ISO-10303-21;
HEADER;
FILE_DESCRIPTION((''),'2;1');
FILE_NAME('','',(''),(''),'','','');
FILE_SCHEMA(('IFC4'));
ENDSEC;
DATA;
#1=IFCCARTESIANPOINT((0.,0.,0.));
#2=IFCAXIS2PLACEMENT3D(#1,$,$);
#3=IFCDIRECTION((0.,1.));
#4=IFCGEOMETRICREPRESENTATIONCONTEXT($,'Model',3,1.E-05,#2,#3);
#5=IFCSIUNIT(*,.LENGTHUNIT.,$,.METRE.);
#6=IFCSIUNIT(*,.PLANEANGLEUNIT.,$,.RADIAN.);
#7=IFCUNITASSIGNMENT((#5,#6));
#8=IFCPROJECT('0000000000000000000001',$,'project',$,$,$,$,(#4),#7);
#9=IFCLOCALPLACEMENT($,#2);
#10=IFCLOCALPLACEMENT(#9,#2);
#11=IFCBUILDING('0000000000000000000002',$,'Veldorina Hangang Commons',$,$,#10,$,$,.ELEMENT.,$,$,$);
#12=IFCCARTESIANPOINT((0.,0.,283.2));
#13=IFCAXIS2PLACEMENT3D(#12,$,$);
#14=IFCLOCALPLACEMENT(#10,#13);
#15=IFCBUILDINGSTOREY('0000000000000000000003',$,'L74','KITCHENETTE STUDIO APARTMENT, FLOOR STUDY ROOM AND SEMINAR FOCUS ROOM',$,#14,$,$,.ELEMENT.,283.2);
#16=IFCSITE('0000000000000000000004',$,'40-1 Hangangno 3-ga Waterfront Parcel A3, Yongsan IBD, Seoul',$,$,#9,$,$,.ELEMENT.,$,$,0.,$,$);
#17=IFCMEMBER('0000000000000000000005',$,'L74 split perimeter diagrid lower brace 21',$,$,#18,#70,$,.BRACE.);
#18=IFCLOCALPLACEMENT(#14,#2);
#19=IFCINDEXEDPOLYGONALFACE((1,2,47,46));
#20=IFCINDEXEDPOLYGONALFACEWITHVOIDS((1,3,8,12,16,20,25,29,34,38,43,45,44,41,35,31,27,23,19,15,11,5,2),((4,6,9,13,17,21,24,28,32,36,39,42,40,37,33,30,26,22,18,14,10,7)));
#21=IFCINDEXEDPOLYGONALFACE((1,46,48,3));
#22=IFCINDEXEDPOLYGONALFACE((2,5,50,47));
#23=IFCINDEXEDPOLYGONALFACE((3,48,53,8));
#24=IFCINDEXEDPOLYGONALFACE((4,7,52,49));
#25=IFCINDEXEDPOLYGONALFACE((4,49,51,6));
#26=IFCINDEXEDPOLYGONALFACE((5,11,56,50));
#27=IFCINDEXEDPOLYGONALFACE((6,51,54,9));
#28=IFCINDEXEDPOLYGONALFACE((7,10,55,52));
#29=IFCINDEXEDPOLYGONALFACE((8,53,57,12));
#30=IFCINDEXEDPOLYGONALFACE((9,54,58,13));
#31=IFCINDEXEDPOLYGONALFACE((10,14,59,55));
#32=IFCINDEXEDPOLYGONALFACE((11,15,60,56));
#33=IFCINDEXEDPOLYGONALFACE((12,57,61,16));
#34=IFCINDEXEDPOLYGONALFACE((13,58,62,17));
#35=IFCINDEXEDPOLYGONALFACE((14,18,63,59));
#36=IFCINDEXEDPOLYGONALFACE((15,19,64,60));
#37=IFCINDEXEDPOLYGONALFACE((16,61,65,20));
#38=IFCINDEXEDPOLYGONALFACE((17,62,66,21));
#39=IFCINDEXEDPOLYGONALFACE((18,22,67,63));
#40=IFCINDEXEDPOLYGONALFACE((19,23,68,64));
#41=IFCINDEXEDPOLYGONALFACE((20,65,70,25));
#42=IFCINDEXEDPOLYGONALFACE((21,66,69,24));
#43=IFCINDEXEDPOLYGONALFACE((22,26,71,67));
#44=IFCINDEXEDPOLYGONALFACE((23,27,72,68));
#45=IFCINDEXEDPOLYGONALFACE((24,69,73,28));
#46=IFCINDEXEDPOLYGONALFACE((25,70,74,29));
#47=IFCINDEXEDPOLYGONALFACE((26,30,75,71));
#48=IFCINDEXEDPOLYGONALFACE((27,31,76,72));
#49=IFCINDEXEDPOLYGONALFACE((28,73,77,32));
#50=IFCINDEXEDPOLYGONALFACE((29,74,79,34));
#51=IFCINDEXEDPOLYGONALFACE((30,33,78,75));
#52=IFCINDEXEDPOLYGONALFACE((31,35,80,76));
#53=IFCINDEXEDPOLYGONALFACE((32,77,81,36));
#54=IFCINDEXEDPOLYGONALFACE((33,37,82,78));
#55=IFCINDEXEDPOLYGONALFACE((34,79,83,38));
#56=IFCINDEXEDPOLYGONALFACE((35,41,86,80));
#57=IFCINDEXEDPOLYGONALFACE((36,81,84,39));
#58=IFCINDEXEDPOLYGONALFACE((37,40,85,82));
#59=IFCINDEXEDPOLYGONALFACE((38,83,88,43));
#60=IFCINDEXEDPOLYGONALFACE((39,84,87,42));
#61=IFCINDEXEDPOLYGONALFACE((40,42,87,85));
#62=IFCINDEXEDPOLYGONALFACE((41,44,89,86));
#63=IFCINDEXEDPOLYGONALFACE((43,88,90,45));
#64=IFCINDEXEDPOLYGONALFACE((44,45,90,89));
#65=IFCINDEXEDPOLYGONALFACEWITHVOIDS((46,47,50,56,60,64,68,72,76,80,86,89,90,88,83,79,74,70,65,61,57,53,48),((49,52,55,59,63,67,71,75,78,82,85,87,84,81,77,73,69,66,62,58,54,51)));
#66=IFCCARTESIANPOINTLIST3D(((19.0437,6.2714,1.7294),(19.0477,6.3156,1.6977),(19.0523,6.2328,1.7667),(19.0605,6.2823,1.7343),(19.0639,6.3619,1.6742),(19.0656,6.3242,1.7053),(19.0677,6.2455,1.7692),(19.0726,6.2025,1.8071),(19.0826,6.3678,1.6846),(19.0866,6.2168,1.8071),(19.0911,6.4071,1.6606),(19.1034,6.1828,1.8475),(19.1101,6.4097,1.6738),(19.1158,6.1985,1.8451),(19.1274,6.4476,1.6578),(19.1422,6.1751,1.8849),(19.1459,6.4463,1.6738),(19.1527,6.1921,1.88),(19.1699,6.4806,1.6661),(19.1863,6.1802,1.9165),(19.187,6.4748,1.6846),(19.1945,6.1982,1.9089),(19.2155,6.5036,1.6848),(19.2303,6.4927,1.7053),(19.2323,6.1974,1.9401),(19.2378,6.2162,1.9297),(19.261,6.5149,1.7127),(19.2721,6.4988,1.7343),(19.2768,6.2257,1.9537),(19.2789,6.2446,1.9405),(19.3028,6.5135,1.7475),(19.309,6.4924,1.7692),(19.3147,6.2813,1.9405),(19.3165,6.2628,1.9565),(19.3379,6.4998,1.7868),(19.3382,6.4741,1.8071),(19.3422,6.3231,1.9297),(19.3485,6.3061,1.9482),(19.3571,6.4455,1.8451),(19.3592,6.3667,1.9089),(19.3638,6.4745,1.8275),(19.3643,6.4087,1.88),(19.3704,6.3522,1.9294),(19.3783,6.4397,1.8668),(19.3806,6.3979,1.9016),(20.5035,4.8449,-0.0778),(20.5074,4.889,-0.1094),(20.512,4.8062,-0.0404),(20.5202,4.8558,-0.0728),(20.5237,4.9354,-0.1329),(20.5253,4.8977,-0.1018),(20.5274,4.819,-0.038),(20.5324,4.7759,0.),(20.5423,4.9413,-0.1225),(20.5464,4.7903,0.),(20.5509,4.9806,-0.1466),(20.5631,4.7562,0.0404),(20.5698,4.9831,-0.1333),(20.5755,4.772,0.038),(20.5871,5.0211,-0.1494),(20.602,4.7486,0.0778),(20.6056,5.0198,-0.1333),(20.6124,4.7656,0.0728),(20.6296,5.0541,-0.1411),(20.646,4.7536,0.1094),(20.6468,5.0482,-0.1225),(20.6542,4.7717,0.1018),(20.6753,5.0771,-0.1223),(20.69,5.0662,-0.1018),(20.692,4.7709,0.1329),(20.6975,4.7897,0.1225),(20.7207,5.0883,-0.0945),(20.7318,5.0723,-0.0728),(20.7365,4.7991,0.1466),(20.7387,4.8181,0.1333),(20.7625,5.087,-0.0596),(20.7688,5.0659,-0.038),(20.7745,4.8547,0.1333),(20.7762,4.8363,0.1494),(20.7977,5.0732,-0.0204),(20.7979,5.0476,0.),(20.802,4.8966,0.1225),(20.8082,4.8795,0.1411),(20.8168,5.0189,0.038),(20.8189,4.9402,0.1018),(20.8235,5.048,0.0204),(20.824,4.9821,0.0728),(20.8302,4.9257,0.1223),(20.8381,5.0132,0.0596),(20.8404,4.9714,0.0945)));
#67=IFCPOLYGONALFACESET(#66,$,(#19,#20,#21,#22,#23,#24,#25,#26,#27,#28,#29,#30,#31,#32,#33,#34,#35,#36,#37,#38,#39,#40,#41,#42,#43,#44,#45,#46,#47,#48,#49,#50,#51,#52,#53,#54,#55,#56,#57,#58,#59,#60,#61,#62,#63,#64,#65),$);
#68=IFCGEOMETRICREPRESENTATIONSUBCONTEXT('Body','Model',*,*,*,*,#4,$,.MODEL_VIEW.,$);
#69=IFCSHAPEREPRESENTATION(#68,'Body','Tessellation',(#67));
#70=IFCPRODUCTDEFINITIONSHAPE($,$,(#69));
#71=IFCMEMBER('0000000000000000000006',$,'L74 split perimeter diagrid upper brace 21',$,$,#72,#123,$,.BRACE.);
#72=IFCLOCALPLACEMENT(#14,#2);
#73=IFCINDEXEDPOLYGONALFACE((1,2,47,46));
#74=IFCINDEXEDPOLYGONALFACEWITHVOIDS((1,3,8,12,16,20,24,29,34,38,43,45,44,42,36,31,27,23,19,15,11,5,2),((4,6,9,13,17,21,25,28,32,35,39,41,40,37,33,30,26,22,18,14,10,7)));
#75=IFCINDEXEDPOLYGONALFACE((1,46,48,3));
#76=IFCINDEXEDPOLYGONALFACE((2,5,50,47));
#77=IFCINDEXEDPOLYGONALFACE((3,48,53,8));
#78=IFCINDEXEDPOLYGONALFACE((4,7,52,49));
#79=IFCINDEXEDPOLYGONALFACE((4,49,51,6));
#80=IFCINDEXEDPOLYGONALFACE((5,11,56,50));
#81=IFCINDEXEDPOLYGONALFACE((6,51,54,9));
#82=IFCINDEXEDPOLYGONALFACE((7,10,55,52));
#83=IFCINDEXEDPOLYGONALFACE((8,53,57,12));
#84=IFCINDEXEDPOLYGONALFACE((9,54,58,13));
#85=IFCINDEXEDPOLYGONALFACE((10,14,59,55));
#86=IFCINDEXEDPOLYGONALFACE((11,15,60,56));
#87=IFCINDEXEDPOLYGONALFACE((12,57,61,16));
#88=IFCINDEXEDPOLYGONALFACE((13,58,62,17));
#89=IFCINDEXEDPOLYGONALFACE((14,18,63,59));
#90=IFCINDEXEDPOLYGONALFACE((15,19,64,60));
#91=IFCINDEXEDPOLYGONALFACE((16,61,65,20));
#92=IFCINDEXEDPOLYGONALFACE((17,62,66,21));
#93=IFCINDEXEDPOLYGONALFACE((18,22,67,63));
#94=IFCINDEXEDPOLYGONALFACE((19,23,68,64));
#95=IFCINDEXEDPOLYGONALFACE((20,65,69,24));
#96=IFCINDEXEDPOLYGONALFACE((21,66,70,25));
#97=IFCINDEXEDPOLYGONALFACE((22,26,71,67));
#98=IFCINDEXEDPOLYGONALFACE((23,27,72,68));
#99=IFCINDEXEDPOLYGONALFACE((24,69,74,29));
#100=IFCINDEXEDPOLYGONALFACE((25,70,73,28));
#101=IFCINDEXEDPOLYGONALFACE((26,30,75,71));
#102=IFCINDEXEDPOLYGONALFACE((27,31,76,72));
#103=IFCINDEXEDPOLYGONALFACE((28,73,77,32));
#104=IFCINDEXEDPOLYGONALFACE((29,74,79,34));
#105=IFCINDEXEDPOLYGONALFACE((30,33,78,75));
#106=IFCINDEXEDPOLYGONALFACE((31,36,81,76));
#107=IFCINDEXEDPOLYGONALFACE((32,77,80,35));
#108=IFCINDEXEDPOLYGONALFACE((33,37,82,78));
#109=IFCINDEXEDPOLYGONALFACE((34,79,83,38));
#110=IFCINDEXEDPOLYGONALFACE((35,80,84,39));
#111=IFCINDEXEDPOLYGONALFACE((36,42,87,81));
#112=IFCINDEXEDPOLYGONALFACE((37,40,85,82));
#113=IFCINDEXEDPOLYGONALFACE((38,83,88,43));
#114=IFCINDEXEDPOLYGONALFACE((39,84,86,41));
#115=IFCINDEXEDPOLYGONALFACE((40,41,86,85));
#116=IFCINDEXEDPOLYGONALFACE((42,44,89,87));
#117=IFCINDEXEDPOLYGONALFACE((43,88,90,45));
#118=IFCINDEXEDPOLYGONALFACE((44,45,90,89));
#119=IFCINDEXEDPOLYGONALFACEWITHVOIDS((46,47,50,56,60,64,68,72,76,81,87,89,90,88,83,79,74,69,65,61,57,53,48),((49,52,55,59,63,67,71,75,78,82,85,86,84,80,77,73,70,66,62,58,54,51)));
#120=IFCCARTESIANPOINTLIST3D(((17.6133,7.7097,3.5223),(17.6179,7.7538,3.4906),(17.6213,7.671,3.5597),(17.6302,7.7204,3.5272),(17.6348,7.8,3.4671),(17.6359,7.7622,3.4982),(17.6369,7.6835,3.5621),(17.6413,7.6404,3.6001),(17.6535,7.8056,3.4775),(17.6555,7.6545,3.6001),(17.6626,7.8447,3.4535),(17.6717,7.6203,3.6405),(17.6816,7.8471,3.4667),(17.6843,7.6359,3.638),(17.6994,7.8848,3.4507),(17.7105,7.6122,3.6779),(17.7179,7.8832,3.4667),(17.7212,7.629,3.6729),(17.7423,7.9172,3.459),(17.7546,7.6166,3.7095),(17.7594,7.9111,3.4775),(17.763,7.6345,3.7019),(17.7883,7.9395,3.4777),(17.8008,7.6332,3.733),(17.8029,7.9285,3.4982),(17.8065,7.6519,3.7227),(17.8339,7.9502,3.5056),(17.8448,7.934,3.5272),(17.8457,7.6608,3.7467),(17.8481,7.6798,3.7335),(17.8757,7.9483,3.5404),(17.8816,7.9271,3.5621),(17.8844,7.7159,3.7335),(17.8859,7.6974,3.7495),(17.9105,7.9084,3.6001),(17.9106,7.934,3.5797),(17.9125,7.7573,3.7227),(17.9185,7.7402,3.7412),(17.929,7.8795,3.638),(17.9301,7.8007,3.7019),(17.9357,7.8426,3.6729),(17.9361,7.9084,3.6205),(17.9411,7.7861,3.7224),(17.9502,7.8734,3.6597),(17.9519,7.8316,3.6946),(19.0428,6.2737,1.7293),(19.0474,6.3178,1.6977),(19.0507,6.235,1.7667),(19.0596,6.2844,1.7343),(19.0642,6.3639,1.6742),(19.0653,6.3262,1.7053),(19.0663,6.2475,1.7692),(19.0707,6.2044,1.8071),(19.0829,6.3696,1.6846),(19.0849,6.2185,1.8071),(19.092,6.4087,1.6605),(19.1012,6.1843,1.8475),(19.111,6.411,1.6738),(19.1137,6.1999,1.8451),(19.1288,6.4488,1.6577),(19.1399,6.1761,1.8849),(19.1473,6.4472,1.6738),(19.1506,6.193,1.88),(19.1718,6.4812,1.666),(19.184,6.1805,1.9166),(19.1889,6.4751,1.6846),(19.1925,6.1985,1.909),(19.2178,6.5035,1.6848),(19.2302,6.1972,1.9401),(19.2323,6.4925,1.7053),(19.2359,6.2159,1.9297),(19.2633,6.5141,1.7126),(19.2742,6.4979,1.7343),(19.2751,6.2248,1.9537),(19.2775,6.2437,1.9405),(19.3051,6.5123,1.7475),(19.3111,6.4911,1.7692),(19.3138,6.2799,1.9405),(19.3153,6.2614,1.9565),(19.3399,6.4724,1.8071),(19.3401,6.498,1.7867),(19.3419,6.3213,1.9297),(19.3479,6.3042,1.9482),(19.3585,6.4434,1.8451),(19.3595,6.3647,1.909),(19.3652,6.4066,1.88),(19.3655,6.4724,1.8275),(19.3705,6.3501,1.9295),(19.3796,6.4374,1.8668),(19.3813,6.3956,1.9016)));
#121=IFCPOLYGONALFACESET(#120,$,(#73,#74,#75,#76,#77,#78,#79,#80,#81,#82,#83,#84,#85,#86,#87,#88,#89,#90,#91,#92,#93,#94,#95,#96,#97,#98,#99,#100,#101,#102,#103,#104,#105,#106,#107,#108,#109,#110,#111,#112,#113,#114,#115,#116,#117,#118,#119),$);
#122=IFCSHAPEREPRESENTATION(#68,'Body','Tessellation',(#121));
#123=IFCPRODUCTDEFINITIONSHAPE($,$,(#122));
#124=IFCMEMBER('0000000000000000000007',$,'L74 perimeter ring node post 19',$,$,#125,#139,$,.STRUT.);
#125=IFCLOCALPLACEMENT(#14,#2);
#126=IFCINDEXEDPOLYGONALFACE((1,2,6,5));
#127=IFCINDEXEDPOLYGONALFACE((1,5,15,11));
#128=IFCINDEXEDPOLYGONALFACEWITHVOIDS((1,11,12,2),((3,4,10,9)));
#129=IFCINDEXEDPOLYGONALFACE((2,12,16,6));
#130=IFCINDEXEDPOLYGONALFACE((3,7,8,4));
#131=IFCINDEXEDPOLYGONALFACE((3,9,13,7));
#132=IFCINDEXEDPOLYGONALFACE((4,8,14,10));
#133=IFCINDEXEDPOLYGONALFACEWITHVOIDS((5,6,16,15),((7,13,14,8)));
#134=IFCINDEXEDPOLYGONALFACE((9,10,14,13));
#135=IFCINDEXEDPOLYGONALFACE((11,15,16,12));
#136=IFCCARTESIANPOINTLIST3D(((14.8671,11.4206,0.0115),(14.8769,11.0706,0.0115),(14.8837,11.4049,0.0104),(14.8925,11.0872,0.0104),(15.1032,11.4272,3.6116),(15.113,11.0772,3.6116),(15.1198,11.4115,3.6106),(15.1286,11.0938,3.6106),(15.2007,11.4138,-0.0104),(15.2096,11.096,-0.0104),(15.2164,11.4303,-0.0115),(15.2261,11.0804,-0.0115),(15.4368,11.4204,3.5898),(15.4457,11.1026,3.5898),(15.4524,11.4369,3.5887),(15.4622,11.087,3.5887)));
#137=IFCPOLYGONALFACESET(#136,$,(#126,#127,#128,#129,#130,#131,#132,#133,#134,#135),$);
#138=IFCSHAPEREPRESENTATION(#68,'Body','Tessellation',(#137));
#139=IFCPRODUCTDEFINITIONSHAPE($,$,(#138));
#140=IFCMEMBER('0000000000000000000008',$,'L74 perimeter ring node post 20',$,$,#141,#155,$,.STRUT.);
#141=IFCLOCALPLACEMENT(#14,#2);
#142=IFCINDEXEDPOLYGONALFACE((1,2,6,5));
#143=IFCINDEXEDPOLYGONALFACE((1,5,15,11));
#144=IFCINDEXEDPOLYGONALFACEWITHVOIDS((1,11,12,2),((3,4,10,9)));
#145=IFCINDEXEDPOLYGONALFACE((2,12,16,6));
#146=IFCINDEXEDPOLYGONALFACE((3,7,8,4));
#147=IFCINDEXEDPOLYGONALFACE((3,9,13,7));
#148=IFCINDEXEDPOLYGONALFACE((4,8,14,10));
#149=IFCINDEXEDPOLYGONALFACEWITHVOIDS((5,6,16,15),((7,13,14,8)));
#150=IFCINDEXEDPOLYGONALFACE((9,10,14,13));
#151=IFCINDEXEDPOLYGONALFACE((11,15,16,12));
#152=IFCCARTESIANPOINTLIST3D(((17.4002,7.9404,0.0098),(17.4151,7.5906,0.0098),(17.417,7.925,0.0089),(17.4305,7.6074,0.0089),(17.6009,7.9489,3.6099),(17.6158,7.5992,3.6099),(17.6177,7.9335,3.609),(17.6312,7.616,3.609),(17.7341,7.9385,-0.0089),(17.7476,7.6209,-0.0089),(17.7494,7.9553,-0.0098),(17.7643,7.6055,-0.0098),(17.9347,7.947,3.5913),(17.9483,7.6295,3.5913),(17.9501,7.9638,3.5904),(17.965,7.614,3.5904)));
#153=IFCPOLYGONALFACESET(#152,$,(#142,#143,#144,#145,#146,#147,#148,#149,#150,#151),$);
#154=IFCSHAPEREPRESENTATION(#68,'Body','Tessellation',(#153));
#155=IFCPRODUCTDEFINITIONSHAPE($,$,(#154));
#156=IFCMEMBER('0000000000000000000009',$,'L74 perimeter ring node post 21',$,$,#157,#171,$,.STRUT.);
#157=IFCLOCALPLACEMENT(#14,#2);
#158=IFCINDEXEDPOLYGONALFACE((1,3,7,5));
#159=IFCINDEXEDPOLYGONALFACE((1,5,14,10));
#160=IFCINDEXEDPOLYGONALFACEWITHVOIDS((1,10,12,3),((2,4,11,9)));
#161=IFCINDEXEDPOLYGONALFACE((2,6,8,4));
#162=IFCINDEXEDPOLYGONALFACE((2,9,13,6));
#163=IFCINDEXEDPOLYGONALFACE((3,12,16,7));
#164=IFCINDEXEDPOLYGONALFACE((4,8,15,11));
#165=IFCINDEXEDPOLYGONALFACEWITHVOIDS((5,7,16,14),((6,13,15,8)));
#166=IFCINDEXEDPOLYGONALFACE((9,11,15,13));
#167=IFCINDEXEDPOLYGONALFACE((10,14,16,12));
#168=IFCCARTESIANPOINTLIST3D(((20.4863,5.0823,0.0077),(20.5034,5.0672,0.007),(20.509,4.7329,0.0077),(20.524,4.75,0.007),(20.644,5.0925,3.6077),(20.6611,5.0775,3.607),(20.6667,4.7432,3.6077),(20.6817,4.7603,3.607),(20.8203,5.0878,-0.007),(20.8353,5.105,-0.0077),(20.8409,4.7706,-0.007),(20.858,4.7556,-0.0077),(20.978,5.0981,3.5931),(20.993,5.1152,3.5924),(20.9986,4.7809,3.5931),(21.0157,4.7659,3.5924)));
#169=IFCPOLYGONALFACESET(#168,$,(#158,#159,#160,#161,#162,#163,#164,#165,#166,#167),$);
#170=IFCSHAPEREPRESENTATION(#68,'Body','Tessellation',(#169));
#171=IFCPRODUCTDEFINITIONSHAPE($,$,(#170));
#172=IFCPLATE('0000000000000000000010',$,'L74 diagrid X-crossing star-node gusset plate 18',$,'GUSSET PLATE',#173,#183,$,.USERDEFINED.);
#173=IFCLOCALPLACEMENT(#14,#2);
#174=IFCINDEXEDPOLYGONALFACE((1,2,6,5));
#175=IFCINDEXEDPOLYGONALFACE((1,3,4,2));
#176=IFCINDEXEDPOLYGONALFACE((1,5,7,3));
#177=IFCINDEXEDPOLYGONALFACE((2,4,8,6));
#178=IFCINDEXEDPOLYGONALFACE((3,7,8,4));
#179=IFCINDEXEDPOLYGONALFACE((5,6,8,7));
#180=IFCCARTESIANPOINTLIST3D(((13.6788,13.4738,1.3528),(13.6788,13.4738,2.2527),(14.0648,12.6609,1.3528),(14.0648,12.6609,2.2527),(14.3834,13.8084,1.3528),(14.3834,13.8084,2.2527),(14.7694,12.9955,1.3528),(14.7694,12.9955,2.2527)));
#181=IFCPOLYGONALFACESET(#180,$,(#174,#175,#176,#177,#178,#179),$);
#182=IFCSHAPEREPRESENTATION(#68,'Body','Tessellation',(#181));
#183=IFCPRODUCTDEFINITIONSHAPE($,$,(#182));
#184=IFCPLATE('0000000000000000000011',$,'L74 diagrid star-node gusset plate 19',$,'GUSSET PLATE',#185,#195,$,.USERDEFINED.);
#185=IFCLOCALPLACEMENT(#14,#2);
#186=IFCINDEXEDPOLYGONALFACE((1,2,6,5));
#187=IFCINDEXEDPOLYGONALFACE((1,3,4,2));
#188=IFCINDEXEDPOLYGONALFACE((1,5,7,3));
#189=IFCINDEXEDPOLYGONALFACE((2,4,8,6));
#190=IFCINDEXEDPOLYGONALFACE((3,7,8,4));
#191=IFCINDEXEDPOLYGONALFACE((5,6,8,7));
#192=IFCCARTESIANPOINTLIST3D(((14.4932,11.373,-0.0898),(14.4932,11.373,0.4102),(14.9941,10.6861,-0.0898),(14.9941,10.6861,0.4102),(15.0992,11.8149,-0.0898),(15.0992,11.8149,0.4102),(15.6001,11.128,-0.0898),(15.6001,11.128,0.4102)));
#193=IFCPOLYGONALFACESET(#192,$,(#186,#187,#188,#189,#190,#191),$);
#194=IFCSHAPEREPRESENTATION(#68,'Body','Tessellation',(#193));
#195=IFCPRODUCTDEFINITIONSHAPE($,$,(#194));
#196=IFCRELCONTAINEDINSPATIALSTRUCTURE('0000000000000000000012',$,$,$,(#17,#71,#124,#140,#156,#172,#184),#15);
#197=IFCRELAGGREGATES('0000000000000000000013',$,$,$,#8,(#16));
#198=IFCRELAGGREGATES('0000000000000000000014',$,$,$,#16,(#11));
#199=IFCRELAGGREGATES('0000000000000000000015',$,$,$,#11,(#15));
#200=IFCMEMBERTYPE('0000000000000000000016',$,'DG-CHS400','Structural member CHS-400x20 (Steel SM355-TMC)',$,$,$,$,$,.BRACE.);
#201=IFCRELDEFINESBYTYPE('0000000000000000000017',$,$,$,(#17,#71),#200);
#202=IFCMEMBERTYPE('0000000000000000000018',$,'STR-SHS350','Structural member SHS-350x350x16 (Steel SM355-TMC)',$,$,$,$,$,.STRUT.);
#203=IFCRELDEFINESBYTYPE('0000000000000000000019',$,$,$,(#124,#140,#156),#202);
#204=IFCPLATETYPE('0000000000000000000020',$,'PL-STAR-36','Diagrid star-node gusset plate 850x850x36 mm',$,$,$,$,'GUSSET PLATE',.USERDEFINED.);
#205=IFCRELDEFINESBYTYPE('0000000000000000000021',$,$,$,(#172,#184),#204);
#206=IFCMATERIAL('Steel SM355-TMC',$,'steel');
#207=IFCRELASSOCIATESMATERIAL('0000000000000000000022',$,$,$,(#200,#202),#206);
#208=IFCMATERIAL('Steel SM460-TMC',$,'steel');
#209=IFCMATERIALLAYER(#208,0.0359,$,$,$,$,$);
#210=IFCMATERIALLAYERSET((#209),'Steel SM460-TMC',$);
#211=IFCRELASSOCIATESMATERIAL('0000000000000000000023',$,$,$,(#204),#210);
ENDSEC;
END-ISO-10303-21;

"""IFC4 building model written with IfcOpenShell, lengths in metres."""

from ifc_helpers import new_model, si_unit, direction, frame, origin, origin_2d, place, context, subcontext, project, spatial, rectangle, hollow_rectangle, hollow_circle, extrude, material, layer, layer_set, material_profile, profile_set, type_object, element, save


model = new_model("IFC4")

# Units and contexts
model_context = context("Model", 3, precision=1e-05, world=origin(), true_north=direction((0.0, 1.0)))
body_context = subcontext(model_context, "Body", "Model", "MODEL_VIEW")
ifc_project = project(units=[si_unit("LENGTHUNIT", "METRE"), si_unit("PLANEANGLEUNIT", "RADIAN")], contexts=[model_context])

# Site, building, storey
site_placement = place(None, origin())
site = spatial("IfcSite", under=ifc_project, at=site_placement, Name="40-1 Hangangno 3-ga Waterfront Parcel A3, Yongsan IBD, Seoul", CompositionType="ELEMENT", RefElevation=0.0)
building_placement = place(site_placement, origin())
building = spatial("IfcBuilding", under=site, at=building_placement, Name="Veldorina Hangang Commons", CompositionType="ELEMENT")
storey_placement = place(building_placement, frame((0.0, 0.0, 283.2)))
storey = spatial("IfcBuildingStorey", under=building, at=storey_placement, Name="L74", Description="KITCHENETTE STUDIO APARTMENT, FLOOR STUDY ROOM AND SEMINAR FOCUS ROOM", CompositionType="ELEMENT", Elevation=283.2)

# Shared definitions
ifc_material_1 = material(Name="Steel SM355-TMC", Category="steel")

# Members
ifc_material_profile_1 = material_profile(ifc_material_1, hollow_circle(Radius=0.2, WallThickness=0.02, at=origin_2d()), Name="CHS-400x20")
ifc_profile_set_1 = profile_set([ifc_material_profile_1], Name="Steel SM355-TMC")
member_type_1 = type_object("IfcMemberType", Name="DG-CHS400", Description="Structural member CHS-400x20 (Steel SM355-TMC)", PredefinedType="BRACE", material=ifc_profile_set_1)
member_1_placement = place(storey_placement, frame((20.6721, 4.9189, 0.0), z_axis=(-0.535467, 0.523287, 0.662908), x_axis=(-0.698926, -0.715194, 0.0)))
element("IfcMember", 1, at=member_1_placement, inside=storey, type_object=member_type_1, Name="L74 split perimeter diagrid lower brace 21", PredefinedType="BRACE", context=body_context, shape_type="SweptSolid", body=[
    extrude(hollow_circle(Radius=0.2, WallThickness=0.02, at=origin_2d()), origin(), (0.0, 0.0, 1.0), 2.7261),
])
member_2_placement = place(storey_placement, frame((19.2124, 6.3455, 1.8071), z_axis=(-0.528329, 0.530765, 0.662689), x_axis=(-0.708732, -0.705478, 0.0)))
element("IfcMember", 2, at=member_2_placement, inside=storey, type_object=member_type_1, Name="L74 split perimeter diagrid upper brace 21", PredefinedType="BRACE", context=body_context, shape_type="SweptSolid", body=[
    extrude(hollow_circle(Radius=0.2, WallThickness=0.02, at=origin_2d()), origin(), (0.0, 0.0, 1.0), 2.7056),
])
ifc_material_profile_2 = material_profile(ifc_material_1, hollow_rectangle(XDim=0.3501, YDim=0.3501, WallThickness=0.0161, at=origin_2d()), Name="SHS-350x350x16")
ifc_profile_set_2 = profile_set([ifc_material_profile_2], Name="Steel SM355-TMC")
member_type_2 = type_object("IfcMemberType", Name="STR-SHS350", Description="Structural member SHS-350x350x16 (Steel SM355-TMC)", PredefinedType="STRUT", material=ifc_profile_set_2)
member_3_placement = place(storey_placement, frame((15.0466, 11.2505, 0.0), z_axis=(0.065436, 0.001827, 0.997855), x_axis=(-0.027911, 0.99961, 0.0)))
element("IfcMember", 3, at=member_3_placement, inside=storey, type_object=member_type_2, Name="L74 perimeter ring node post 19", PredefinedType="STRUT", context=body_context, shape_type="SweptSolid", body=[
    extrude(hollow_rectangle(XDim=0.3501, YDim=0.3501, WallThickness=0.0161, at=origin_2d()), origin(), (0.0, 0.0, 1.0), 3.6079),
])
member_4_placement = place(storey_placement, frame((17.5823, 7.7729, 0.0), z_axis=(0.055657, 0.00237, 0.998447), x_axis=(-0.042541, 0.999095, 0.0)))
element("IfcMember", 4, at=member_4_placement, inside=storey, type_object=member_type_2, Name="L74 perimeter ring node post 20", PredefinedType="STRUT", context=body_context, shape_type="SweptSolid", body=[
    extrude(hollow_rectangle(XDim=0.3501, YDim=0.3501, WallThickness=0.0161, at=origin_2d()), origin(), (0.0, 0.0, 1.0), 3.6057),
])
member_5_placement = place(storey_placement, frame((20.6721, 4.9189, 0.0), z_axis=(0.043766, 0.002845, 0.999038), x_axis=(-0.064879, 0.997893, 0.0)))
element("IfcMember", 5, at=member_5_placement, inside=storey, type_object=member_type_2, Name="L74 perimeter ring node post 21", PredefinedType="STRUT", context=body_context, shape_type="SweptSolid", body=[
    extrude(hollow_rectangle(XDim=0.3501, YDim=0.3501, WallThickness=0.0161, at=origin_2d()), origin(), (0.0, 0.0, 1.0), 3.6035),
])

# Plates
ifc_material_2 = material(Name="Steel SM460-TMC", Category="steel")
ifc_layer_1 = layer(ifc_material_2, 0.0359)
ifc_layer_set_1 = layer_set([ifc_layer_1], Name="Steel SM460-TMC")
plate_type = type_object("IfcPlateType", Name="PL-STAR-36", Description="Diagrid star-node gusset plate 850x850x36 mm", ElementType="GUSSET PLATE", PredefinedType="USERDEFINED", material=ifc_layer_set_1)
plate_1_placement = place(storey_placement, frame((14.2241, 13.2346, 1.3528), z_axis=(0.0, 0.0, 1.0), x_axis=(0.428982, -0.903313, 0.0)))
element("IfcPlate", 6, at=plate_1_placement, inside=storey, type_object=plate_type, Name="L74 diagrid X-crossing star-node gusset plate 18", ObjectType="GUSSET PLATE", PredefinedType="USERDEFINED", context=body_context, shape_type="SweptSolid", body=[
    extrude(rectangle(XDim=0.8999, YDim=0.78, at=origin_2d()), origin(), (0.0, 0.0, 1.0), 0.8999),
])
for number, where, z_axis, x_axis, name in (
    (7, (15.0466, 11.2505, -0.0898), (0.0, 0.0, 1.0), (0.589182, -0.808, 0.0), "L74 diagrid star-node gusset plate 19"),
):
    element("IfcPlate", number, at=place(storey_placement, frame(where, z_axis=z_axis, x_axis=x_axis)), inside=storey, type_object=plate_type, Name=name, ObjectType="GUSSET PLATE", PredefinedType="USERDEFINED", context=body_context, shape_type="SweptSolid", body=[
        extrude(rectangle(XDim=0.8501, YDim=0.75, at=origin_2d()), origin(), (0.0, 0.0, 1.0), 0.5),
    ])

save(model, "model.ifc")
